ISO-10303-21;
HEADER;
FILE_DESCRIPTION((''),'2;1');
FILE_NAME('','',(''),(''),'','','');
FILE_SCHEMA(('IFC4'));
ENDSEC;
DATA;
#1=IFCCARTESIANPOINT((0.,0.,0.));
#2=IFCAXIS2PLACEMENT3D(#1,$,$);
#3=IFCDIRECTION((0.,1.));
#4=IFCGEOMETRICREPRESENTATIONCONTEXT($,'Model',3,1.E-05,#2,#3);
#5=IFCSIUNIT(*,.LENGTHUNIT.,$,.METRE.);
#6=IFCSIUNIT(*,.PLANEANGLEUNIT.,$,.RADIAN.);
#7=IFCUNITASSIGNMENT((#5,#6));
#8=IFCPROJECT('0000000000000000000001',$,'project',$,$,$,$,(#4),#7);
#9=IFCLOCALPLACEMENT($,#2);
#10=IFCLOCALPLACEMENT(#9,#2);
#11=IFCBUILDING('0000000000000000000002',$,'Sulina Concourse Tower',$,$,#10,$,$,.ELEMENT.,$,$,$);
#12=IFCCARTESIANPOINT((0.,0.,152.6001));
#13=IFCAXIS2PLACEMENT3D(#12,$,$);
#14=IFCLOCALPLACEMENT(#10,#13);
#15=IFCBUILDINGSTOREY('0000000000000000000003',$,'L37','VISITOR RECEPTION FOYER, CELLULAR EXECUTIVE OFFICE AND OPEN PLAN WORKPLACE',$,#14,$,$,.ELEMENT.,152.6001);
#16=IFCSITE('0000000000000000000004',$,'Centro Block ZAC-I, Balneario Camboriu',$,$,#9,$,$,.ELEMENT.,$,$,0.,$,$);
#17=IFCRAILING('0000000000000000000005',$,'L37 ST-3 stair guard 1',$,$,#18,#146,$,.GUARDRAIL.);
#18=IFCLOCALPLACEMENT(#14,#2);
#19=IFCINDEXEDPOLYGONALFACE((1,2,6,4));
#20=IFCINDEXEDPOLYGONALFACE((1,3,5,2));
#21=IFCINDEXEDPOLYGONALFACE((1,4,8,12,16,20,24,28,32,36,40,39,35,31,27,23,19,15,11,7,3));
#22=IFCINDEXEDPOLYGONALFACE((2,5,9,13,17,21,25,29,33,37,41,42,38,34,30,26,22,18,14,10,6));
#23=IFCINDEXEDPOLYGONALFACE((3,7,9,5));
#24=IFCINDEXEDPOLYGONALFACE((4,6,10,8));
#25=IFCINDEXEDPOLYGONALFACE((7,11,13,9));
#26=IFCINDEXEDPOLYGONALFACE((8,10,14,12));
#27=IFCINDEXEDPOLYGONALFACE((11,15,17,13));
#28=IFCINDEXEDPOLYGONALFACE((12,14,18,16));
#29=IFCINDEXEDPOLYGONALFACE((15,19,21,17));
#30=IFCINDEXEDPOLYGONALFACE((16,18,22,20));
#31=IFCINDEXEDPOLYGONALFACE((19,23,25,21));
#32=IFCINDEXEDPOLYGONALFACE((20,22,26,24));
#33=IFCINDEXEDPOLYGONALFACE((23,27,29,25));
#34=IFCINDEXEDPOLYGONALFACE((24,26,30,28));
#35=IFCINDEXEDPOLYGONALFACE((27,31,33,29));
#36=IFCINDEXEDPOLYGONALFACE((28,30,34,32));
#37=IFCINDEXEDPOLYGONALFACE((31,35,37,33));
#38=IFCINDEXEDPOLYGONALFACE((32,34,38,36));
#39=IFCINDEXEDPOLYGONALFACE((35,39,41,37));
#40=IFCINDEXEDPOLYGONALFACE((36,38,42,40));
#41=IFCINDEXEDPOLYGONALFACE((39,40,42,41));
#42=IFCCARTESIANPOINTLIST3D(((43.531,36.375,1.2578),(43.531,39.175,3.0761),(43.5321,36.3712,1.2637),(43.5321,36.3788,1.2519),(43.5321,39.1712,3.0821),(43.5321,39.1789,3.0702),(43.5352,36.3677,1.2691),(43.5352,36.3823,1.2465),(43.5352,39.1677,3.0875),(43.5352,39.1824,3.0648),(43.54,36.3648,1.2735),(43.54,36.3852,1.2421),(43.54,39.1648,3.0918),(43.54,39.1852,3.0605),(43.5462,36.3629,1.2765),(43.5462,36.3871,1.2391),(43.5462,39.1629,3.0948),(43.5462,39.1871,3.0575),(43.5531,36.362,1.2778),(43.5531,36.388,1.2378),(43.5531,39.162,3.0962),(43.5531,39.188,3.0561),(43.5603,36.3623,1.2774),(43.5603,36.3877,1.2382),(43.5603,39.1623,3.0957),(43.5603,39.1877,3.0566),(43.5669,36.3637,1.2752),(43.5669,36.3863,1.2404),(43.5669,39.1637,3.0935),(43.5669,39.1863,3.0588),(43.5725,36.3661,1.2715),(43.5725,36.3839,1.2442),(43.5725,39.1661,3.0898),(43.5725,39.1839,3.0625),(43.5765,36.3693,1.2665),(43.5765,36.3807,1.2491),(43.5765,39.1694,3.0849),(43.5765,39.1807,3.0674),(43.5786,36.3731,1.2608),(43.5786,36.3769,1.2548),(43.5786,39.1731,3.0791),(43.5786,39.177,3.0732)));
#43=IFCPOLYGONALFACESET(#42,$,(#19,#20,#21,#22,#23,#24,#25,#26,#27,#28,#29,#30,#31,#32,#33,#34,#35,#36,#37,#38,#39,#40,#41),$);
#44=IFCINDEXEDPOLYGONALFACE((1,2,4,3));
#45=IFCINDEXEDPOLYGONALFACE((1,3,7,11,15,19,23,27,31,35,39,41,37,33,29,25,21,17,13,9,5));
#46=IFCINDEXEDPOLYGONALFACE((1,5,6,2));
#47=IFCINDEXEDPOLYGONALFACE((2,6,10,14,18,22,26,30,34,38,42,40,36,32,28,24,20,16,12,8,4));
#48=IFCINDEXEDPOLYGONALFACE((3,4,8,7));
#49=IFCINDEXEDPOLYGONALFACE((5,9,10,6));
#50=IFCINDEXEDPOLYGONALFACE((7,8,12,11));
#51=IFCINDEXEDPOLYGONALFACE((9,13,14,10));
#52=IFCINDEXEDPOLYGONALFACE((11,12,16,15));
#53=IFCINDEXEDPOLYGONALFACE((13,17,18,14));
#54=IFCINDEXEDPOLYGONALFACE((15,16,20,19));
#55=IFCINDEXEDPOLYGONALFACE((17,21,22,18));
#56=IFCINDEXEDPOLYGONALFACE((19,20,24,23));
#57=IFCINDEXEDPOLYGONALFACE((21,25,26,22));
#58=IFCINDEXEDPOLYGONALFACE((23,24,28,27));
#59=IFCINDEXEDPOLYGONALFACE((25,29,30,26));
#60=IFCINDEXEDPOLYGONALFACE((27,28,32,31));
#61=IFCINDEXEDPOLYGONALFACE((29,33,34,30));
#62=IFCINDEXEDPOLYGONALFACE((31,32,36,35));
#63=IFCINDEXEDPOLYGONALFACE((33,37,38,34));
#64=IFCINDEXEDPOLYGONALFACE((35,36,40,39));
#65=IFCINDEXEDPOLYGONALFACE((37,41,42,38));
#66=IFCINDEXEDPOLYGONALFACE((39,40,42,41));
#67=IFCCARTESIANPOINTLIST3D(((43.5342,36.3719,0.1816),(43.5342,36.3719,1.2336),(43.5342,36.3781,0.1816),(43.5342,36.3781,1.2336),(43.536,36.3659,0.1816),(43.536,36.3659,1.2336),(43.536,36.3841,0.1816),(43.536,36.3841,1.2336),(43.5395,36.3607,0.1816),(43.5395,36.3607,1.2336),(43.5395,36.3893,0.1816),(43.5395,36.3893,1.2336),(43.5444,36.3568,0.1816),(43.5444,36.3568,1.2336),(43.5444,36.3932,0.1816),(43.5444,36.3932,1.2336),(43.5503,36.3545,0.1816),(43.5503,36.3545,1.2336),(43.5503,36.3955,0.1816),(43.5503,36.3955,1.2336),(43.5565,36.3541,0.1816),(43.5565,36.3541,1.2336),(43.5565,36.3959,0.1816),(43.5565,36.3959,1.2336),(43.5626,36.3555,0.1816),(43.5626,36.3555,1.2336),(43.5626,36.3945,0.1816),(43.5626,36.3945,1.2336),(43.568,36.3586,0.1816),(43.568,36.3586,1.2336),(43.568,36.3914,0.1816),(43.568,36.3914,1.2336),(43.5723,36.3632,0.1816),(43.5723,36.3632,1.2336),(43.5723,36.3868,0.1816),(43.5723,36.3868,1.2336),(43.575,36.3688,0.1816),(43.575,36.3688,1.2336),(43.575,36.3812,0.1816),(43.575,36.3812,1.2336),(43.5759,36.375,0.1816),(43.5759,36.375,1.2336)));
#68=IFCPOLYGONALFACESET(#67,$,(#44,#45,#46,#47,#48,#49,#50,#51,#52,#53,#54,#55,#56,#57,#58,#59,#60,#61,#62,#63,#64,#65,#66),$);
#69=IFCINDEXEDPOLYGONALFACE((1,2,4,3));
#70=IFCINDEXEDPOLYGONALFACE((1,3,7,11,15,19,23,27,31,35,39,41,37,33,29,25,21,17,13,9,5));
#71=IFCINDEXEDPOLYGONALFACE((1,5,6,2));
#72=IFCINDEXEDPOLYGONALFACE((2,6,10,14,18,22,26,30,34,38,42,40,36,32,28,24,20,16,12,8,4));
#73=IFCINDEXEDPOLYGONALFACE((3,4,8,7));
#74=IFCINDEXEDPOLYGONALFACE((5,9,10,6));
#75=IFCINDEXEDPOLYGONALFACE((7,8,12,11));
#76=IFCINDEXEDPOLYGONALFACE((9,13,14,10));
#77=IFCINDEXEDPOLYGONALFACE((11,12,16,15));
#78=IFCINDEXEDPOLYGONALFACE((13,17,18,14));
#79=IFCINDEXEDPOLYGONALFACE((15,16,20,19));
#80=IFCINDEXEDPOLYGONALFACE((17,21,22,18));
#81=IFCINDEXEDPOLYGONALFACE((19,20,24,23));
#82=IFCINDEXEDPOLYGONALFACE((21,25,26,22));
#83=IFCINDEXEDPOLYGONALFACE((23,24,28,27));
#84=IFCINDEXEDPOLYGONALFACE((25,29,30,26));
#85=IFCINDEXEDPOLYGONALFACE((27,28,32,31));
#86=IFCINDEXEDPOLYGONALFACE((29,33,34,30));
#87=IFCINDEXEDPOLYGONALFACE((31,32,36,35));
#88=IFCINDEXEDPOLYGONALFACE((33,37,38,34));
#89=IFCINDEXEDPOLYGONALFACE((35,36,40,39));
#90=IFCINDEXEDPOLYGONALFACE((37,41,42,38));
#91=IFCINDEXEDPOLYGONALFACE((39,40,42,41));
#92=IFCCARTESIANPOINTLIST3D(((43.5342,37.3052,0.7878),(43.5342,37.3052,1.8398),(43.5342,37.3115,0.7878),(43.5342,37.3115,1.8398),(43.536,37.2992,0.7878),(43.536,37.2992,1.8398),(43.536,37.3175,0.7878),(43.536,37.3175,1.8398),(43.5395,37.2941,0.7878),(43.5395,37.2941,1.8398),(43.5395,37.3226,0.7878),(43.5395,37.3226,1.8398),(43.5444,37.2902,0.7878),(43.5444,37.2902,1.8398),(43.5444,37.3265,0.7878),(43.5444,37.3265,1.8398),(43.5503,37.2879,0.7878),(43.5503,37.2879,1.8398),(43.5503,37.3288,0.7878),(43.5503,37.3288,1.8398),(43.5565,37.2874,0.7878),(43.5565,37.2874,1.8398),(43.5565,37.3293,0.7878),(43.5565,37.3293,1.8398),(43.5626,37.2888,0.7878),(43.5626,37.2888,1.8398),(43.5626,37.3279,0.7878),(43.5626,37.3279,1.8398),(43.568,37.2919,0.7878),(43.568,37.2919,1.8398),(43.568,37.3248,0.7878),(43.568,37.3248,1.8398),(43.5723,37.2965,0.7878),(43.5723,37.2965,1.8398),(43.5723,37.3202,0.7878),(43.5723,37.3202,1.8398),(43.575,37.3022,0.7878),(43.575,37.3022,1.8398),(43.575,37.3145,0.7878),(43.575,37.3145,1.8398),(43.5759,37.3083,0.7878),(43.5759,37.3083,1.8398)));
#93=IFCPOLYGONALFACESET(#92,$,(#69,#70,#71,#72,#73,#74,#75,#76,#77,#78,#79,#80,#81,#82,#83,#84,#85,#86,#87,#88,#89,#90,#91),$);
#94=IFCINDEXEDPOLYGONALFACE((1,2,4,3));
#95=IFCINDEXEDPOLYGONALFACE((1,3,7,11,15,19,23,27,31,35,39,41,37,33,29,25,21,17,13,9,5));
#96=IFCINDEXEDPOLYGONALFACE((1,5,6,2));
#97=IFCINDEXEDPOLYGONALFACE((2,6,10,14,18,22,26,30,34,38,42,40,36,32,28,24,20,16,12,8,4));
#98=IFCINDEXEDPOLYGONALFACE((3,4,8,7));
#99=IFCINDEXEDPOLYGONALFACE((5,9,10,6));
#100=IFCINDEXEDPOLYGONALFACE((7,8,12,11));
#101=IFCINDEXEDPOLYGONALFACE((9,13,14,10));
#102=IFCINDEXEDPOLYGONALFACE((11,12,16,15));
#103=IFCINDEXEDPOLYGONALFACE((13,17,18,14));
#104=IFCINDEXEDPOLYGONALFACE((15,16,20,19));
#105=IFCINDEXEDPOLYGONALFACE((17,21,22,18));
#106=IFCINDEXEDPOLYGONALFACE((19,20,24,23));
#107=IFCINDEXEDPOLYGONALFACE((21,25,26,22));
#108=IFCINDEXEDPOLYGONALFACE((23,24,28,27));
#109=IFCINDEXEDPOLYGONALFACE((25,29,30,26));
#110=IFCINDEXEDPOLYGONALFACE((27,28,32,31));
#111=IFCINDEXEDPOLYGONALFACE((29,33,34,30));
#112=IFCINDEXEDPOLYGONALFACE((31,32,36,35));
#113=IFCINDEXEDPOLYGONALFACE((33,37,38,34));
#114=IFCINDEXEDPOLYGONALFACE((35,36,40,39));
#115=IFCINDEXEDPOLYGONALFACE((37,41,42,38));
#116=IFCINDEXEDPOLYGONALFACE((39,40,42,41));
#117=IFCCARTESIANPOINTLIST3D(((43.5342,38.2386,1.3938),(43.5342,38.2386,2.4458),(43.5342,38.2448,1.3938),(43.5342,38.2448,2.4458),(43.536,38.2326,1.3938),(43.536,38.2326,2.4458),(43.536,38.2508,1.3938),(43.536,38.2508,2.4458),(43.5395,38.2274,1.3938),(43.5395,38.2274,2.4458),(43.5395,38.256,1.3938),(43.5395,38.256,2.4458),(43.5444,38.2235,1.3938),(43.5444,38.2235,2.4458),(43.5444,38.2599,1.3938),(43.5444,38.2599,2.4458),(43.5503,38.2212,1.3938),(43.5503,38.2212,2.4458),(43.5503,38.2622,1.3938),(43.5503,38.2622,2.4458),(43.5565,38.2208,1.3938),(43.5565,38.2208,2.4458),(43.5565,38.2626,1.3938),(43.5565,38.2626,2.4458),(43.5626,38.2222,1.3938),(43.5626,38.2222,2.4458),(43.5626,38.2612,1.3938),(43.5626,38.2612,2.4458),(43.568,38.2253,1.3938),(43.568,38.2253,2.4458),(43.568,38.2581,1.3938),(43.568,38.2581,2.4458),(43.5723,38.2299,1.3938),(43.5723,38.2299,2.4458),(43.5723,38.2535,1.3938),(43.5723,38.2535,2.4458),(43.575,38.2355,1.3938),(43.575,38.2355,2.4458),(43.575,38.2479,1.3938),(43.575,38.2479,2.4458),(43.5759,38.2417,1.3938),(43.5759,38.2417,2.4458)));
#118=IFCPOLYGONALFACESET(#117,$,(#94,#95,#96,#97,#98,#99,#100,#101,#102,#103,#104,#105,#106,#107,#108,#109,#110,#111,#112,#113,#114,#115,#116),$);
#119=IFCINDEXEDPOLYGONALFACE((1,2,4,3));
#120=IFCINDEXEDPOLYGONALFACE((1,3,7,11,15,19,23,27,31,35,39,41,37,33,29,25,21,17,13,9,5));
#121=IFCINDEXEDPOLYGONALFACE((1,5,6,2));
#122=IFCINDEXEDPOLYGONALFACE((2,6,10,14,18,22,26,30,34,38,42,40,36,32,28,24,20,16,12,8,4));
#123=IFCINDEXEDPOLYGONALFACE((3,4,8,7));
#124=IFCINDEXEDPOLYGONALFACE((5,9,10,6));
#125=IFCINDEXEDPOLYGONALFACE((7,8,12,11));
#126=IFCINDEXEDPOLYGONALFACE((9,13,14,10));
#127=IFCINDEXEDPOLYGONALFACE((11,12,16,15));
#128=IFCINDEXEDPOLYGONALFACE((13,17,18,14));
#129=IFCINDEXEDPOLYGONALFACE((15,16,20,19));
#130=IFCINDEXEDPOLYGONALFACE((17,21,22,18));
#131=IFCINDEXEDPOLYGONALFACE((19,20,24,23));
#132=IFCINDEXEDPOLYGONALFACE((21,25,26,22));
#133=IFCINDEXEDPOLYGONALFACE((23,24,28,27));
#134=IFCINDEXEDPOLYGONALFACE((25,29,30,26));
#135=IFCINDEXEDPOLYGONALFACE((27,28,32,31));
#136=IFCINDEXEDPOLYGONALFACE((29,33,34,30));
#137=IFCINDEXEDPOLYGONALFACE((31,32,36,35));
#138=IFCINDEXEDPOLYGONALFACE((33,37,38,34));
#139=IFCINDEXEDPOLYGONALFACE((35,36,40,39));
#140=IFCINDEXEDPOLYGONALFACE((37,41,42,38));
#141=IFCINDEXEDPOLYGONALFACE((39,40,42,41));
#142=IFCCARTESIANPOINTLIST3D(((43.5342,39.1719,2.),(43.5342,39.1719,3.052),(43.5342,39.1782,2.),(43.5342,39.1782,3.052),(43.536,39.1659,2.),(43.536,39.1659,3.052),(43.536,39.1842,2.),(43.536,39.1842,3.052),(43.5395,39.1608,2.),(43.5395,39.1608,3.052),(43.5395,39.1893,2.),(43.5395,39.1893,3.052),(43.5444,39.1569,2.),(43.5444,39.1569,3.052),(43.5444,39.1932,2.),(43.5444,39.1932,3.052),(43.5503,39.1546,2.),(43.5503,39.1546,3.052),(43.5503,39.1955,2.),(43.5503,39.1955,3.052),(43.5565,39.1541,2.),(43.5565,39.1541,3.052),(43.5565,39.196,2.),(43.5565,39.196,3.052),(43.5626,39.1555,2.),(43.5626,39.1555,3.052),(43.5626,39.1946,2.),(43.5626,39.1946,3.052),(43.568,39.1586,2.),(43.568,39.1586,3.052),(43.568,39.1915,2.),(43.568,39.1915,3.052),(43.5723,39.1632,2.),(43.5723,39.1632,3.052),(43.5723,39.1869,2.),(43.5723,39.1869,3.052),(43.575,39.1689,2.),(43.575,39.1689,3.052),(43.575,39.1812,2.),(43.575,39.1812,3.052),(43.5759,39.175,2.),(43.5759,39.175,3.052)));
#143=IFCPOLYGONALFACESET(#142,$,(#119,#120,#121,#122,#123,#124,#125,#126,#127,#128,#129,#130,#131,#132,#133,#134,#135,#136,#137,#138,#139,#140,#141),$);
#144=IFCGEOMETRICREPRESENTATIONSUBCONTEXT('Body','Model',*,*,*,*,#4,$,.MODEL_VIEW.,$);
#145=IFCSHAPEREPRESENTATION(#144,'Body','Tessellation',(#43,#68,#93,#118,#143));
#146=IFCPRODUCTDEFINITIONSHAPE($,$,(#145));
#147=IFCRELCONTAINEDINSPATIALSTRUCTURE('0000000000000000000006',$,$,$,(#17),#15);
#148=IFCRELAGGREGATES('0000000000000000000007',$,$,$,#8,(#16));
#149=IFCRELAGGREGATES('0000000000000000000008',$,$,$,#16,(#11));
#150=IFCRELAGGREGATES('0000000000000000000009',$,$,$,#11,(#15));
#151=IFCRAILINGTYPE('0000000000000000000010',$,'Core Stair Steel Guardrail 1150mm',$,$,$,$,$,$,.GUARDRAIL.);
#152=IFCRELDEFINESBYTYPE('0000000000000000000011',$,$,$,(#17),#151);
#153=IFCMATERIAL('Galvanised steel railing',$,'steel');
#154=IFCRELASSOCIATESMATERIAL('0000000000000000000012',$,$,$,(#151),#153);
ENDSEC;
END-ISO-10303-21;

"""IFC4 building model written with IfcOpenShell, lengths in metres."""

from ifc_helpers import new_model, si_unit, direction, frame, origin, origin_2d, place, context, subcontext, project, spatial, circle, extrude, material, type_object, element, save


model = new_model("IFC4")

# Units and contexts
model_context = context("Model", 3, precision=1e-05, world=origin(), true_north=direction((0.0, 1.0)))
body_context = subcontext(model_context, "Body", "Model", "MODEL_VIEW")
ifc_project = project(units=[si_unit("LENGTHUNIT", "METRE"), si_unit("PLANEANGLEUNIT", "RADIAN")], contexts=[model_context])

# Site, building, storey
site_placement = place(None, origin())
site = spatial("IfcSite", under=ifc_project, at=site_placement, Name="Centro Block ZAC-I, Balneario Camboriu", CompositionType="ELEMENT", RefElevation=0.0)
building_placement = place(site_placement, origin())
building = spatial("IfcBuilding", under=site, at=building_placement, Name="Sulina Concourse Tower", CompositionType="ELEMENT")
storey_placement = place(building_placement, frame((0.0, 0.0, 152.6001)))
storey = spatial("IfcBuildingStorey", under=building, at=storey_placement, Name="L37", Description="VISITOR RECEPTION FOYER, CELLULAR EXECUTIVE OFFICE AND OPEN PLAN WORKPLACE", CompositionType="ELEMENT", Elevation=152.6001)

# Railing
ifc_material_1 = material(Name="Galvanised steel railing", Category="steel")
railing_type_1 = type_object("IfcRailingType", Name="Core Stair Steel Guardrail 1150mm", PredefinedType="GUARDRAIL", material=ifc_material_1)
railing_1_placement = place(storey_placement, frame((43.5549, 36.375, 0.1816)))
element("IfcRailing", 1, at=railing_1_placement, inside=storey, type_object=railing_type_1, Name="L37 ST-3 stair guard 1", PredefinedType="GUARDRAIL", context=body_context, shape_type="SweptSolid", body=[
    extrude(circle(Radius=0.0239, at=origin_2d()), frame((0.0, 0.0, 1.0762), z_axis=(0.0, 0.838672, 0.544636), x_axis=(-1.0, 0.0, 0.0)), (0.0, 0.0, 1.0), 3.3386),
    extrude(circle(Radius=0.021, at=origin_2d()), origin(), (0.0, 0.0, 1.0), 1.052),
    extrude(circle(Radius=0.021, at=origin_2d()), frame((0.0, 0.9333, 0.6062)), (0.0, 0.0, 1.0), 1.052),
    extrude(circle(Radius=0.021, at=origin_2d()), frame((0.0, 1.8667, 1.2122)), (0.0, 0.0, 1.0), 1.052),
    extrude(circle(Radius=0.021, at=origin_2d()), frame((0.0, 2.8, 1.8184)), (0.0, 0.0, 1.0), 1.052),
])

save(model, "model.ifc")
